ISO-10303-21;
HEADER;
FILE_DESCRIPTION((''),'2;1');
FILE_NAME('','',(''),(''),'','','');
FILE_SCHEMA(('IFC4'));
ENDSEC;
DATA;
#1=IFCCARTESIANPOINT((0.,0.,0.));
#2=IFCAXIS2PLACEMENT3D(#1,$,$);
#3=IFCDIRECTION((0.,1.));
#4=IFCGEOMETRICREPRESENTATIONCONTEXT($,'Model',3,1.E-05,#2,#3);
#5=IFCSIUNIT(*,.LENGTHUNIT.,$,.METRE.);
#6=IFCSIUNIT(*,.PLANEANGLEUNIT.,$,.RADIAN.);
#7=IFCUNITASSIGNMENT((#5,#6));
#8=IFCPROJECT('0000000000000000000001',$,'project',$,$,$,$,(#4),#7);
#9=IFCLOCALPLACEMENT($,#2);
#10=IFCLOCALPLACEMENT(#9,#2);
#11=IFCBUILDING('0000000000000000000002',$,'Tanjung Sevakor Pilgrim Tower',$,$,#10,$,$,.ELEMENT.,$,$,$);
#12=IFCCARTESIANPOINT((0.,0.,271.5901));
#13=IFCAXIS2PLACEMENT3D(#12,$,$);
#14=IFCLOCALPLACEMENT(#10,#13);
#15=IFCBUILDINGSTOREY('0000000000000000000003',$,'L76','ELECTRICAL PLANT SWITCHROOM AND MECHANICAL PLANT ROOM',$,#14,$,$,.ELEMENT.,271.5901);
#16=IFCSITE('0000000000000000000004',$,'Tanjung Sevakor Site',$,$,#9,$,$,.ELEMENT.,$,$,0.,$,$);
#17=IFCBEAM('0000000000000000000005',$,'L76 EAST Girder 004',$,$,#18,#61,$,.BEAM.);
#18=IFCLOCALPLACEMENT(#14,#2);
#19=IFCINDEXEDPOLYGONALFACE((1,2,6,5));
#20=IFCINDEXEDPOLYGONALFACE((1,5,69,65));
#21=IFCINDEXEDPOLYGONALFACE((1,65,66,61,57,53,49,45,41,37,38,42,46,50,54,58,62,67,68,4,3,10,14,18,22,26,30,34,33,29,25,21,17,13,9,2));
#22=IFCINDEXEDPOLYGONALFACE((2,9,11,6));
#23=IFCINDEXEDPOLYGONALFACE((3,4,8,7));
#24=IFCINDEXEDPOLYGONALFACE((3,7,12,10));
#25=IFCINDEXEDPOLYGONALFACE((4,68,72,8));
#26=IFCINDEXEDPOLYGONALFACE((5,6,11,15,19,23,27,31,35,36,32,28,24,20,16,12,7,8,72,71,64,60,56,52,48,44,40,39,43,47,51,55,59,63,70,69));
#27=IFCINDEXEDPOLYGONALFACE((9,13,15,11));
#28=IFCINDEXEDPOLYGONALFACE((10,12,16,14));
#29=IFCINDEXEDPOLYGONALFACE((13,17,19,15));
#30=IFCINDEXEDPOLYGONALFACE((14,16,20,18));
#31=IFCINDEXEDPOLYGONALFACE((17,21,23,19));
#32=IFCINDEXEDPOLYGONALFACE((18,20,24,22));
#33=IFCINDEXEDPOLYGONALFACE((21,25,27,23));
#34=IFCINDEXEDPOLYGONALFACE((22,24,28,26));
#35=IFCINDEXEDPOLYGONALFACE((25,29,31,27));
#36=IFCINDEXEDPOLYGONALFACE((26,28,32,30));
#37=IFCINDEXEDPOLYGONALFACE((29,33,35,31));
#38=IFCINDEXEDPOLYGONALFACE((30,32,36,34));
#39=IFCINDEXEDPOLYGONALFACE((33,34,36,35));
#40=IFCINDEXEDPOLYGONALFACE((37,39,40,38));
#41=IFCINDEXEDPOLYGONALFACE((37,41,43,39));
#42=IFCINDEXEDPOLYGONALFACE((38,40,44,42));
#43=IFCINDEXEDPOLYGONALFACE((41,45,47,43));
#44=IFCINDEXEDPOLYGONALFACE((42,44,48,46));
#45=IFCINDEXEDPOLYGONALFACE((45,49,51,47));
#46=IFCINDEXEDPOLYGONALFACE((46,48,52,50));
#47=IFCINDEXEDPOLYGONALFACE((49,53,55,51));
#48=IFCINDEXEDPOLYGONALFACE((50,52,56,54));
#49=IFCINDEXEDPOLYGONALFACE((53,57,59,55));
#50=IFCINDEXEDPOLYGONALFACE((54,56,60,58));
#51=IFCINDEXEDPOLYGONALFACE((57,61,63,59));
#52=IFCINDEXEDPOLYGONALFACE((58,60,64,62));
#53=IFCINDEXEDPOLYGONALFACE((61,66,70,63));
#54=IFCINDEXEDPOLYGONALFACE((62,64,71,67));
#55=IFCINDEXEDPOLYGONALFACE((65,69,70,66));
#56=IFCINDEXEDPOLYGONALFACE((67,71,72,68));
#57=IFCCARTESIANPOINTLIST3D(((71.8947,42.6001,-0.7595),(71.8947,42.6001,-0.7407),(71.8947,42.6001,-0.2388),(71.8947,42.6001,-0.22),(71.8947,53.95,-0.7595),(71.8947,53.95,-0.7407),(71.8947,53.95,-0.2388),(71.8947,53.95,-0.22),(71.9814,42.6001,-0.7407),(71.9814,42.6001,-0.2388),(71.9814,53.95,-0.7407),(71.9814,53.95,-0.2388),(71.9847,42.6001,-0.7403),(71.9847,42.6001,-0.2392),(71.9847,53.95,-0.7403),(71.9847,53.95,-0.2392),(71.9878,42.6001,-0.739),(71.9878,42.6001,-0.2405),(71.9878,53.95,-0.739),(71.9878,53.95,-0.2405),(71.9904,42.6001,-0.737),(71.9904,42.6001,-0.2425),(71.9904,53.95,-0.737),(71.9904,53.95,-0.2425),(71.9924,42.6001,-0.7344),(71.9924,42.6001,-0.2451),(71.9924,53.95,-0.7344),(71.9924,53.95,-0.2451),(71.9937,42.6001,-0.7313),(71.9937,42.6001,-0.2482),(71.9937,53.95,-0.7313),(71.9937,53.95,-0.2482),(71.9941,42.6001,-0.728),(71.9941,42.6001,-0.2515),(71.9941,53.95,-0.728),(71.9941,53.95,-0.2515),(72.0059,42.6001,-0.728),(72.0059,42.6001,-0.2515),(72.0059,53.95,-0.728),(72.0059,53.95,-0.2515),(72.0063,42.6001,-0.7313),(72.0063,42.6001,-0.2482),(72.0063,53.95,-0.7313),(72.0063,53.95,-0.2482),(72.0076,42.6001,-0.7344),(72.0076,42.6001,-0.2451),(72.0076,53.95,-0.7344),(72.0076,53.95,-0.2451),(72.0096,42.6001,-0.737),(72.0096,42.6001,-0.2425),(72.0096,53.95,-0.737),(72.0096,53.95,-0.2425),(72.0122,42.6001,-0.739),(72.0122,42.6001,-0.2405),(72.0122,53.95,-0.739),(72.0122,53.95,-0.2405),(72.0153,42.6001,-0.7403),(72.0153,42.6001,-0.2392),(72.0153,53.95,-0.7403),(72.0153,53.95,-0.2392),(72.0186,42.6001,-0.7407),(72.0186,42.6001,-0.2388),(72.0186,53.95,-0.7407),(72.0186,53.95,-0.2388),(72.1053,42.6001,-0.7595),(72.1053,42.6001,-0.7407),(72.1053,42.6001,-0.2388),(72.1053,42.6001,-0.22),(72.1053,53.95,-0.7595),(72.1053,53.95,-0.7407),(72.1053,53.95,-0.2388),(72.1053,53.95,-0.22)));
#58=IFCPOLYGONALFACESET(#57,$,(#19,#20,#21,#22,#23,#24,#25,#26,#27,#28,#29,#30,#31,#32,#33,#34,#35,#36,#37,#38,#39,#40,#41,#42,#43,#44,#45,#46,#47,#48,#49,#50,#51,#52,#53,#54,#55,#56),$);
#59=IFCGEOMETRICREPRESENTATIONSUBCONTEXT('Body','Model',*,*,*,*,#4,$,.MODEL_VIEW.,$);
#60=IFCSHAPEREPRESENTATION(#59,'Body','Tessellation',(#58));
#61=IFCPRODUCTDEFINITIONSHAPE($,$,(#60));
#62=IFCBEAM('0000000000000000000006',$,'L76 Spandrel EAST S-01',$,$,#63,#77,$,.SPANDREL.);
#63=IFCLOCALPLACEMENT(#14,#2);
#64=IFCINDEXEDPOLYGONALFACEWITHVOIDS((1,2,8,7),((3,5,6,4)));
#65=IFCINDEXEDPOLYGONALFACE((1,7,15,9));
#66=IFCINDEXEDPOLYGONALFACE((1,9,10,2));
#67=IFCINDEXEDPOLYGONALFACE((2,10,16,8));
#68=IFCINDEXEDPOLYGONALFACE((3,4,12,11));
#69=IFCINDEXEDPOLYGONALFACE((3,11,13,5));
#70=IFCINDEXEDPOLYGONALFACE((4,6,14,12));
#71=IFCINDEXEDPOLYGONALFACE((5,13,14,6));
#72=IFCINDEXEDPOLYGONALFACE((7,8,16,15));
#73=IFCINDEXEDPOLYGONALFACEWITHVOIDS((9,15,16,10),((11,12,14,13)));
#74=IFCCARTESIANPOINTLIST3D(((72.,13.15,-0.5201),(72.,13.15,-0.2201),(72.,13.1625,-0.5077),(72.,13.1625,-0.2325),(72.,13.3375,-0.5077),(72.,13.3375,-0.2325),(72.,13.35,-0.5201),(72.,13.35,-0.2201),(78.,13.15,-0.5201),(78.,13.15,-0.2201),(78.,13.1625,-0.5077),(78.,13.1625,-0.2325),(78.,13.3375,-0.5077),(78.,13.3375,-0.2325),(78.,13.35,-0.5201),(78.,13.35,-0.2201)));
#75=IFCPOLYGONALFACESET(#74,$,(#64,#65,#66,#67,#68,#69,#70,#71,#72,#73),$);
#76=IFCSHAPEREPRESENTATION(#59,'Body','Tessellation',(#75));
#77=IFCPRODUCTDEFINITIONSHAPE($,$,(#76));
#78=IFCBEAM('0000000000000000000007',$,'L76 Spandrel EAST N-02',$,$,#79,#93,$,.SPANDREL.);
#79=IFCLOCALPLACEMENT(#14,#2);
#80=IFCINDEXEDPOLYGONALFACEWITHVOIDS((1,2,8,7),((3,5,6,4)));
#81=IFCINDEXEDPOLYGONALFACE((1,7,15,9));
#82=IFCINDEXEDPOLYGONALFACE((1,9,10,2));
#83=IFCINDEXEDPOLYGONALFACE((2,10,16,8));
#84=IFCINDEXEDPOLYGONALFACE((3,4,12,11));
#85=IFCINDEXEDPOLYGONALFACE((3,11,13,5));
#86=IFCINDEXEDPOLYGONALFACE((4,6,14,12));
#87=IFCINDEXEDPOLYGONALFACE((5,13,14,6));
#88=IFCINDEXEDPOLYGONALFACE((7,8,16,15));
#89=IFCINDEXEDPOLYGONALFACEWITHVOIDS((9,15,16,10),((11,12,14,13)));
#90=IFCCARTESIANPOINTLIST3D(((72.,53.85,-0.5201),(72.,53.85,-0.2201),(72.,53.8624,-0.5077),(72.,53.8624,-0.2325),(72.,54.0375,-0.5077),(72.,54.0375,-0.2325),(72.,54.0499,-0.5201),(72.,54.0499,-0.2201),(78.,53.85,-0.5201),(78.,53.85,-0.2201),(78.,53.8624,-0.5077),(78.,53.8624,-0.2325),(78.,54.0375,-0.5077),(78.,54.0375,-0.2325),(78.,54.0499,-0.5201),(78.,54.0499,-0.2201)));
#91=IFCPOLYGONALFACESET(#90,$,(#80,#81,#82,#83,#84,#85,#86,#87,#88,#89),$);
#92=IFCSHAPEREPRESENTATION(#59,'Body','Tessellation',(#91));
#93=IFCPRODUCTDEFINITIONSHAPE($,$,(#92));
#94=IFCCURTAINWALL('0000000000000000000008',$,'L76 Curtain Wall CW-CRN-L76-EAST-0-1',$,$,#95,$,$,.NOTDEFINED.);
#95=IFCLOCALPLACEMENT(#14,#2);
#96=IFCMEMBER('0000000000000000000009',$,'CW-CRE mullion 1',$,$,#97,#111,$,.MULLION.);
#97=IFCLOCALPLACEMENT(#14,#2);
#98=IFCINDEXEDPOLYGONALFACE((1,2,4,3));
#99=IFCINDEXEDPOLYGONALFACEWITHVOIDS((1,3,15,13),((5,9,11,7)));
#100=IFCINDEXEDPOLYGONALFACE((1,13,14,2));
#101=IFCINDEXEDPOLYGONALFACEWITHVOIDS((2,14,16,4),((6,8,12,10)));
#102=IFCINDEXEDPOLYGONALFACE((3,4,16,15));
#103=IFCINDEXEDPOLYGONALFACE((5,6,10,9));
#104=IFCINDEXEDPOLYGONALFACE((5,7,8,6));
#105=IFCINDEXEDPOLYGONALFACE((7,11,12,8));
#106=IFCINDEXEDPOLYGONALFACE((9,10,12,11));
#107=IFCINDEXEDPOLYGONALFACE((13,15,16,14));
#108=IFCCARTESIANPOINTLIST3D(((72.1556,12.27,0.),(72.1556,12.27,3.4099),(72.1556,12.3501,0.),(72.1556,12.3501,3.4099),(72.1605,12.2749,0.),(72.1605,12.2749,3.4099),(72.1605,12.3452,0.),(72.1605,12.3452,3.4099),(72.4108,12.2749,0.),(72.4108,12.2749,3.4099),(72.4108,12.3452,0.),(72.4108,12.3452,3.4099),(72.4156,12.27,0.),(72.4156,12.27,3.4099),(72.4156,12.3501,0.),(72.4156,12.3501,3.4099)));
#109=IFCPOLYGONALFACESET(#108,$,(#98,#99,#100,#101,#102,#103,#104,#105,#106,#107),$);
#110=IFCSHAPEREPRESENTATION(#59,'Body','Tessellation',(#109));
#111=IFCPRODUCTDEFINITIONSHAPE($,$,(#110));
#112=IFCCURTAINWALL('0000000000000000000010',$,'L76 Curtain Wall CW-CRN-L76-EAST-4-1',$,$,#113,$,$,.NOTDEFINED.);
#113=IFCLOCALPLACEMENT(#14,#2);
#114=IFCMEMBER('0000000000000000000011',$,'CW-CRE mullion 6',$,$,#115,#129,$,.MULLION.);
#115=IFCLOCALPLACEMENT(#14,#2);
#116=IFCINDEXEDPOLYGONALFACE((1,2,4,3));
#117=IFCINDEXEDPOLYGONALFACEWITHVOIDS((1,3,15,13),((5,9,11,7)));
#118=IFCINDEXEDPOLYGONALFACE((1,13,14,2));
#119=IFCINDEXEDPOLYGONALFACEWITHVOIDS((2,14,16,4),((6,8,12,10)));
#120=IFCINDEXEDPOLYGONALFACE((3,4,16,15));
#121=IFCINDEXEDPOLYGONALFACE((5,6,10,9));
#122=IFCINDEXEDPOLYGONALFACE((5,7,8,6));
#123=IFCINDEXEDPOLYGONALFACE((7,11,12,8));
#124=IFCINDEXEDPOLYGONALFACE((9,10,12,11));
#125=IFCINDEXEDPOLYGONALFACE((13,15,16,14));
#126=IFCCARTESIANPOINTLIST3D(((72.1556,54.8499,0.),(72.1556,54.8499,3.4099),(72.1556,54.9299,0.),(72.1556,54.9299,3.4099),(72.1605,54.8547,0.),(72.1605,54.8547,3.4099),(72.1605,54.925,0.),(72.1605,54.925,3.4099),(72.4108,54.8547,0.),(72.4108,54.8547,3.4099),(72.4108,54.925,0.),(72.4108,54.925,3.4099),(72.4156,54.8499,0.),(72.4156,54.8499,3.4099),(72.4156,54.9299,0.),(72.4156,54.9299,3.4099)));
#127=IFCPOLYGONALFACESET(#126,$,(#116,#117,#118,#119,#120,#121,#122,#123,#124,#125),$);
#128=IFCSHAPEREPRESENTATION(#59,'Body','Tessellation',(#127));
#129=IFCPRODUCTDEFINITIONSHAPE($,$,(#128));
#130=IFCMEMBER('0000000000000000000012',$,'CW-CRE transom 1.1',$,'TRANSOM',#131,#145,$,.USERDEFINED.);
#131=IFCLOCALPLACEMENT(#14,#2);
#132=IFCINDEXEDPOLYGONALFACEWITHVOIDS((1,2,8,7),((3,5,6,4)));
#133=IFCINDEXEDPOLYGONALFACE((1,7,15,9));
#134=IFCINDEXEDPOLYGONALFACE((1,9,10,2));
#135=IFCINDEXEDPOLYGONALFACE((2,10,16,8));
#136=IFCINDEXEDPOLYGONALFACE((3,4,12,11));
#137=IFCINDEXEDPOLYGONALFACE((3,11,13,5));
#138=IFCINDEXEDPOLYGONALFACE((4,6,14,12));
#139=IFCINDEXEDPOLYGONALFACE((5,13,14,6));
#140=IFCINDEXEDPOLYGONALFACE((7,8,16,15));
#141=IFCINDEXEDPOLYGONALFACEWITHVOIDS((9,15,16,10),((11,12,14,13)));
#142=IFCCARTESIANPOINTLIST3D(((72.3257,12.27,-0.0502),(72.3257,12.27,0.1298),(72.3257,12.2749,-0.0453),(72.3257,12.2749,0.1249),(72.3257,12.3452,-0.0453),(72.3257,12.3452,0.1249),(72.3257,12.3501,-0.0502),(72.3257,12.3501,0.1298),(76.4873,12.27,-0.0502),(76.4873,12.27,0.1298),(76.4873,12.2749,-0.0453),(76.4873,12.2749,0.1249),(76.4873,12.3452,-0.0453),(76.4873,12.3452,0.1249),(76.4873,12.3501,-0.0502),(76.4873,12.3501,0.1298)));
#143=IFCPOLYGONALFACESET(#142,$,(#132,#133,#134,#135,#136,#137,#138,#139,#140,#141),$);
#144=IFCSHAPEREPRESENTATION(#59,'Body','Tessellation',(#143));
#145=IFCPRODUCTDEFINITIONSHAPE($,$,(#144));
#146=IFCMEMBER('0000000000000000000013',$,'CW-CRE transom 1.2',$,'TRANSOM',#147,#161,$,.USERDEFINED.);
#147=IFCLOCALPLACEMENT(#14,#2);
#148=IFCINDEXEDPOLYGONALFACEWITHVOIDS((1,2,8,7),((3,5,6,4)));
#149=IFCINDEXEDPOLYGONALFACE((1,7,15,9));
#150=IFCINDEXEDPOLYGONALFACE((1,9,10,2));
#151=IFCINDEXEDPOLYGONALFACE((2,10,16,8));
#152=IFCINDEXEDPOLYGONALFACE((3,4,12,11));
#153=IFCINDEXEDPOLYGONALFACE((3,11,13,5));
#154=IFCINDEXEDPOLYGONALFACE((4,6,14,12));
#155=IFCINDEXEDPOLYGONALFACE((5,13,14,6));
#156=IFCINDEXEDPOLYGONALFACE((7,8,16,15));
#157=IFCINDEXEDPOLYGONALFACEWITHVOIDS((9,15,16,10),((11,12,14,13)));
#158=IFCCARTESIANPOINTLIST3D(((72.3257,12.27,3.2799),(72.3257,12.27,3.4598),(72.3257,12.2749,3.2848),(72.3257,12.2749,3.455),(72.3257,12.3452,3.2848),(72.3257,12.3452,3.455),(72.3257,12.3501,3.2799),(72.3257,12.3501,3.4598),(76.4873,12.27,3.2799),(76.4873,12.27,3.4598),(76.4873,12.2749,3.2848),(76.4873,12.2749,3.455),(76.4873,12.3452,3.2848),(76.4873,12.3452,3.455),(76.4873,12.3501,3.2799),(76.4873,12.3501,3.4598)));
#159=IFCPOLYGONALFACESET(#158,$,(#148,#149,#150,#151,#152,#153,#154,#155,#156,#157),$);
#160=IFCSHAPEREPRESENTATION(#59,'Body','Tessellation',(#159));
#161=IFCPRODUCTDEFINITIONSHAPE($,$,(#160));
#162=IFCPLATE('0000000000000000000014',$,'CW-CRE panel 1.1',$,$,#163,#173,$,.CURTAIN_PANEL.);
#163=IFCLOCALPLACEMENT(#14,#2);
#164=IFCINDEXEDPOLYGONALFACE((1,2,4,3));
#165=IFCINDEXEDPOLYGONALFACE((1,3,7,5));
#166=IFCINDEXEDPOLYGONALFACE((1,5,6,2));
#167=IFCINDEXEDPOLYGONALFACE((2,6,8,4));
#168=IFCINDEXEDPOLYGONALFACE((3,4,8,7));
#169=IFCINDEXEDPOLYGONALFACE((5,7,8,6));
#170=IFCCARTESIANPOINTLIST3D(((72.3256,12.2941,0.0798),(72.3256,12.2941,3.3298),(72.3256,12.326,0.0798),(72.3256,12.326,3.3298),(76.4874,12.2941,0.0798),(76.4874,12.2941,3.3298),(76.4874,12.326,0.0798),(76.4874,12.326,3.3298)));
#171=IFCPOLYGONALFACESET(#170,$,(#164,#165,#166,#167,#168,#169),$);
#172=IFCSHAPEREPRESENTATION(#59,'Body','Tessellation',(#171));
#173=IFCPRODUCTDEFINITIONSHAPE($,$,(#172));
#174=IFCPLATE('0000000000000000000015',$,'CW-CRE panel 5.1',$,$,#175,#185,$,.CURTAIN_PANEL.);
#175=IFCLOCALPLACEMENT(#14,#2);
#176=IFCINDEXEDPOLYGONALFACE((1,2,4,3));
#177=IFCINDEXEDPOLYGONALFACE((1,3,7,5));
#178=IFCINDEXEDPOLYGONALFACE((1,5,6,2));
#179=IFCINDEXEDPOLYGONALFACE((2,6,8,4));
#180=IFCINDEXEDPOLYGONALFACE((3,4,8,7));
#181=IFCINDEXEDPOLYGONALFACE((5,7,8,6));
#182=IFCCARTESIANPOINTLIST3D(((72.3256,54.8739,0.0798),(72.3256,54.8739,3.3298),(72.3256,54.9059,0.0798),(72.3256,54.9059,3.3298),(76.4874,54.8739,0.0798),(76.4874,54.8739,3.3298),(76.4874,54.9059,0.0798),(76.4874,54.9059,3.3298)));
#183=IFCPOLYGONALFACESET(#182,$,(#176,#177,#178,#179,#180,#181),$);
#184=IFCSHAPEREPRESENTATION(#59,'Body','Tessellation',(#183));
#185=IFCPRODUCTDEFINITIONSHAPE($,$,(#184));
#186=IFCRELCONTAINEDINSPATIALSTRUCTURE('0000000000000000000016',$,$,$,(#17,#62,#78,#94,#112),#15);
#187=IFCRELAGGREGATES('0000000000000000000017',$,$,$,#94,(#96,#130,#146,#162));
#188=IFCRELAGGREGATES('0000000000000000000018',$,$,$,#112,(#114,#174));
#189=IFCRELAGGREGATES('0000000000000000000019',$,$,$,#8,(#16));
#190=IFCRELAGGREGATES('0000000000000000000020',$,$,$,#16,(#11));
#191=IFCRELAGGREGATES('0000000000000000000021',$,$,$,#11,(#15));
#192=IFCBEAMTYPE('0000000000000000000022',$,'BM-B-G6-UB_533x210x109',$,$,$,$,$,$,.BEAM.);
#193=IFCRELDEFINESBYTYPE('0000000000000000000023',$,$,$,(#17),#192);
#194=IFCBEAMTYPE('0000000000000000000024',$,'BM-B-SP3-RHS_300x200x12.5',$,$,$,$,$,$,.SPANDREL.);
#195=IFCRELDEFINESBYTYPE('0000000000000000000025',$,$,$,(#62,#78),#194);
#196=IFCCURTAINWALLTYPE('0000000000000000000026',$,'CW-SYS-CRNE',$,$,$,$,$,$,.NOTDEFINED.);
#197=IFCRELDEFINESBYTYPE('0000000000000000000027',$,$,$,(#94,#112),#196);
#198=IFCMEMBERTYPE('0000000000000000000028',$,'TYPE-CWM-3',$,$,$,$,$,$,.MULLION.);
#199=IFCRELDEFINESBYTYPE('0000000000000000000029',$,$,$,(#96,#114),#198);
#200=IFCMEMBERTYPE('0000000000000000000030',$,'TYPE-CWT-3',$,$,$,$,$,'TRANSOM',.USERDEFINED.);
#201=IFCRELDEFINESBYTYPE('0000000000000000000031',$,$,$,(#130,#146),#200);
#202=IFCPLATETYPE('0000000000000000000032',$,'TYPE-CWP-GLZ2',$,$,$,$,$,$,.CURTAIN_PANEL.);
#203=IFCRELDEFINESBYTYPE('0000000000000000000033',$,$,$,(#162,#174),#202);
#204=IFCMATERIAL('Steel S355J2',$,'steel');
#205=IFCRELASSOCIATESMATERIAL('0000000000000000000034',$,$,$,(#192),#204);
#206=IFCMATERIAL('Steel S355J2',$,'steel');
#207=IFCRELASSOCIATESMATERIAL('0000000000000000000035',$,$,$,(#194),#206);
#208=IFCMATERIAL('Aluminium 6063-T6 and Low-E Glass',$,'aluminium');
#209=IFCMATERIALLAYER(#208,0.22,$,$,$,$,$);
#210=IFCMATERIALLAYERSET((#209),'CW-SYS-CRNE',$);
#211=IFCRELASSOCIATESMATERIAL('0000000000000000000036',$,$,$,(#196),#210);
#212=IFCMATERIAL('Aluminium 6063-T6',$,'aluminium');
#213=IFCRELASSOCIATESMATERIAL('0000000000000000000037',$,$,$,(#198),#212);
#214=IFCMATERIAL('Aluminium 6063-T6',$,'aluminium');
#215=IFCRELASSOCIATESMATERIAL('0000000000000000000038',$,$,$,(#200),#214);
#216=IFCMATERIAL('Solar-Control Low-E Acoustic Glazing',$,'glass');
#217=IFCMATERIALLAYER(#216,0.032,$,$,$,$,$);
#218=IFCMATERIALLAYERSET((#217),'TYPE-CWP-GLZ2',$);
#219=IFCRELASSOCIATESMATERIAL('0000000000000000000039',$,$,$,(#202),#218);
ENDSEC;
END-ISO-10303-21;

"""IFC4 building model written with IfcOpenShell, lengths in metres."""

from ifc_helpers import new_model, si_unit, direction, frame, origin, origin_2d, place, context, subcontext, project, spatial, rectangle, hollow_rectangle, i_section, extrude, material, layer, layer_set, material_profile, profile_set, type_object, element, aggregate, save


model = new_model("IFC4")

# Units and contexts
model_context = context("Model", 3, precision=1e-05, world=origin(), true_north=direction((0.0, 1.0)))
body_context = subcontext(model_context, "Body", "Model", "MODEL_VIEW")
ifc_project = project(units=[si_unit("LENGTHUNIT", "METRE"), si_unit("PLANEANGLEUNIT", "RADIAN")], contexts=[model_context])

# Site, building, storey
site_placement = place(None, origin())
site = spatial("IfcSite", under=ifc_project, at=site_placement, Name="Tanjung Sevakor Site", CompositionType="ELEMENT", RefElevation=0.0)
building_placement = place(site_placement, origin())
building = spatial("IfcBuilding", under=site, at=building_placement, Name="Tanjung Sevakor Pilgrim Tower", CompositionType="ELEMENT")
storey_placement = place(building_placement, frame((0.0, 0.0, 271.5901)))
storey = spatial("IfcBuildingStorey", under=building, at=storey_placement, Name="L76", Description="ELECTRICAL PLANT SWITCHROOM AND MECHANICAL PLANT ROOM", CompositionType="ELEMENT", Elevation=271.5901)

# Beams
ifc_material_1 = material(Name="Steel S355J2", Category="steel")
ifc_material_profile_1 = material_profile(ifc_material_1, i_section(OverallWidth=0.2107, OverallDepth=0.5396, WebThickness=0.0117, FlangeThickness=0.0188, FilletRadius=0.0127, at=origin_2d()))
ifc_profile_set_1 = profile_set([ifc_material_profile_1], Name="Steel S355J2")
beam_type_1 = type_object("IfcBeamType", Name="BM-B-G6-UB_533x210x109", PredefinedType="BEAM", material=ifc_profile_set_1)
beam_1_placement = place(storey_placement, frame((72.0, 42.6001, -0.4897), z_axis=(0.0, 1.0, 0.0), x_axis=(-1.0, 0.0, 0.0)))
element("IfcBeam", 1, at=beam_1_placement, inside=storey, type_object=beam_type_1, Name="L76 EAST Girder 004", PredefinedType="BEAM", context=body_context, shape_type="SweptSolid", body=[
    extrude(i_section(OverallWidth=0.2107, OverallDepth=0.5396, WebThickness=0.0117, FlangeThickness=0.0188, FilletRadius=0.0127, at=origin_2d()), origin(), (0.0, 0.0, 1.0), 11.3499),
])
ifc_material_2 = material(Name="Steel S355J2", Category="steel")
ifc_material_profile_2 = material_profile(ifc_material_2, hollow_rectangle(XDim=0.2, YDim=0.3, WallThickness=0.0125, at=origin_2d()))
ifc_profile_set_2 = profile_set([ifc_material_profile_2], Name="Steel S355J2")
beam_type_2 = type_object("IfcBeamType", Name="BM-B-SP3-RHS_300x200x12.5", PredefinedType="SPANDREL", material=ifc_profile_set_2)
for number, where, z_axis, x_axis, name in (
    (2, (72.0, 13.25, -0.3701), (1.0, 0.0, 0.0), (0.0, 1.0, 0.0), "L76 Spandrel EAST S-01"),
    (3, (72.0, 53.95, -0.3701), (1.0, 0.0, 0.0), (0.0, 1.0, 0.0), "L76 Spandrel EAST N-02"),
):
    element("IfcBeam", number, at=place(storey_placement, frame(where, z_axis=z_axis, x_axis=x_axis)), inside=storey, type_object=beam_type_2, Name=name, PredefinedType="SPANDREL", context=body_context, shape_type="SweptSolid", body=[
        extrude(hollow_rectangle(XDim=0.2, YDim=0.3, WallThickness=0.0125, at=origin_2d()), origin(), (0.0, 0.0, 1.0), 6.0),
    ])

# Curtain walls, members
ifc_material_3 = material(Name="Aluminium 6063-T6 and Low-E Glass", Category="aluminium")
ifc_layer_1 = layer(ifc_material_3, 0.22)
ifc_layer_set_1 = layer_set([ifc_layer_1], Name="CW-SYS-CRNE")
curtain_wall_type = type_object("IfcCurtainWallType", Name="CW-SYS-CRNE", PredefinedType="NOTDEFINED", material=ifc_layer_set_1)
curtain_wall_1_placement = place(storey_placement, origin())
curtain_wall_1 = element("IfcCurtainWall", 4, at=curtain_wall_1_placement, inside=storey, type_object=curtain_wall_type, Name="L76 Curtain Wall CW-CRN-L76-EAST-0-1", PredefinedType="NOTDEFINED")
ifc_material_4 = material(Name="Aluminium 6063-T6", Category="aluminium")
ifc_material_profile_3 = material_profile(ifc_material_4, hollow_rectangle(XDim=0.0801, YDim=0.26, WallThickness=0.0049, at=origin_2d()))
ifc_profile_set_3 = profile_set([ifc_material_profile_3], Name="Aluminium 6063-T6")
member_type_1 = type_object("IfcMemberType", Name="TYPE-CWM-3", PredefinedType="MULLION", material=ifc_profile_set_3)
member_1_placement = place(storey_placement, frame((72.2856, 12.3101, 0.0), z_axis=(0.0, 0.0, 1.0), x_axis=(0.0, 1.0, 0.0)))
member_1 = element("IfcMember", 5, at=member_1_placement, type_object=member_type_1, Name="CW-CRE mullion 1", PredefinedType="MULLION", context=body_context, shape_type="SweptSolid", body=[
    extrude(hollow_rectangle(XDim=0.0801, YDim=0.26, WallThickness=0.0049, at=origin_2d()), origin(), (0.0, 0.0, 1.0), 3.4099),
])
curtain_wall_2_placement = place(storey_placement, origin())
curtain_wall_2 = element("IfcCurtainWall", 6, at=curtain_wall_2_placement, inside=storey, type_object=curtain_wall_type, Name="L76 Curtain Wall CW-CRN-L76-EAST-4-1", PredefinedType="NOTDEFINED")
member_2_placement = place(storey_placement, frame((72.2856, 54.8899, 0.0), z_axis=(0.0, 0.0, 1.0), x_axis=(0.0, -1.0, 0.0)))
member_2 = element("IfcMember", 7, at=member_2_placement, type_object=member_type_1, Name="CW-CRE mullion 6", PredefinedType="MULLION", context=body_context, shape_type="SweptSolid", body=[
    extrude(hollow_rectangle(XDim=0.0801, YDim=0.26, WallThickness=0.0049, at=origin_2d()), origin(), (0.0, 0.0, 1.0), 3.4099),
])

# Members
ifc_material_5 = material(Name="Aluminium 6063-T6", Category="aluminium")
ifc_material_profile_4 = material_profile(ifc_material_5, hollow_rectangle(XDim=0.0801, YDim=0.1799, WallThickness=0.0049, at=origin_2d()))
ifc_profile_set_4 = profile_set([ifc_material_profile_4], Name="Aluminium 6063-T6")
member_type_2 = type_object("IfcMemberType", Name="TYPE-CWT-3", ElementType="TRANSOM", PredefinedType="USERDEFINED", material=ifc_profile_set_4)
member_3_placement = place(storey_placement, frame((72.3257, 12.3101, 0.0398), z_axis=(1.0, 0.0, 0.0), x_axis=(0.0, 1.0, 0.0)))
member_3 = element("IfcMember", 8, at=member_3_placement, type_object=member_type_2, Name="CW-CRE transom 1.1", ObjectType="TRANSOM", PredefinedType="USERDEFINED", context=body_context, shape_type="SweptSolid", body=[
    extrude(hollow_rectangle(XDim=0.0801, YDim=0.1799, WallThickness=0.0049, at=origin_2d()), origin(), (0.0, 0.0, 1.0), 4.1616),
])
member_4_placement = place(storey_placement, frame((72.3257, 12.3101, 3.3699), z_axis=(1.0, 0.0, 0.0), x_axis=(0.0, 1.0, 0.0)))
member_4 = element("IfcMember", 9, at=member_4_placement, type_object=member_type_2, Name="CW-CRE transom 1.2", ObjectType="TRANSOM", PredefinedType="USERDEFINED", context=body_context, shape_type="SweptSolid", body=[
    extrude(hollow_rectangle(XDim=0.0801, YDim=0.1799, WallThickness=0.0049, at=origin_2d()), origin(), (0.0, 0.0, 1.0), 4.1616),
])

# Plates
ifc_material_6 = material(Name="Solar-Control Low-E Acoustic Glazing", Category="glass")
ifc_layer_2 = layer(ifc_material_6, 0.032)
ifc_layer_set_2 = layer_set([ifc_layer_2], Name="TYPE-CWP-GLZ2")
plate_type = type_object("IfcPlateType", Name="TYPE-CWP-GLZ2", PredefinedType="CURTAIN_PANEL", material=ifc_layer_set_2)
plate_1_placement = place(storey_placement, frame((74.4065, 12.3101, 0.0798), z_axis=(0.0, 0.0, 1.0), x_axis=(1.0, 0.0, 0.0)))
plate_1 = element("IfcPlate", 10, at=plate_1_placement, type_object=plate_type, Name="CW-CRE panel 1.1", PredefinedType="CURTAIN_PANEL", context=body_context, shape_type="SweptSolid", body=[
    extrude(rectangle(XDim=4.1619, YDim=0.032, at=origin_2d()), origin(), (0.0, 0.0, 1.0), 3.25),
])
aggregate(curtain_wall_1, [member_1, member_3, member_4, plate_1])
plate_2_placement = place(storey_placement, frame((74.4065, 54.8899, 0.0798), z_axis=(0.0, 0.0, 1.0), x_axis=(-1.0, 0.0, 0.0)))
plate_2 = element("IfcPlate", 11, at=plate_2_placement, type_object=plate_type, Name="CW-CRE panel 5.1", PredefinedType="CURTAIN_PANEL", context=body_context, shape_type="SweptSolid", body=[
    extrude(rectangle(XDim=4.1619, YDim=0.032, at=origin_2d()), origin(), (0.0, 0.0, 1.0), 3.25),
])
aggregate(curtain_wall_2, [member_2, plate_2])

save(model, "model.ifc")
